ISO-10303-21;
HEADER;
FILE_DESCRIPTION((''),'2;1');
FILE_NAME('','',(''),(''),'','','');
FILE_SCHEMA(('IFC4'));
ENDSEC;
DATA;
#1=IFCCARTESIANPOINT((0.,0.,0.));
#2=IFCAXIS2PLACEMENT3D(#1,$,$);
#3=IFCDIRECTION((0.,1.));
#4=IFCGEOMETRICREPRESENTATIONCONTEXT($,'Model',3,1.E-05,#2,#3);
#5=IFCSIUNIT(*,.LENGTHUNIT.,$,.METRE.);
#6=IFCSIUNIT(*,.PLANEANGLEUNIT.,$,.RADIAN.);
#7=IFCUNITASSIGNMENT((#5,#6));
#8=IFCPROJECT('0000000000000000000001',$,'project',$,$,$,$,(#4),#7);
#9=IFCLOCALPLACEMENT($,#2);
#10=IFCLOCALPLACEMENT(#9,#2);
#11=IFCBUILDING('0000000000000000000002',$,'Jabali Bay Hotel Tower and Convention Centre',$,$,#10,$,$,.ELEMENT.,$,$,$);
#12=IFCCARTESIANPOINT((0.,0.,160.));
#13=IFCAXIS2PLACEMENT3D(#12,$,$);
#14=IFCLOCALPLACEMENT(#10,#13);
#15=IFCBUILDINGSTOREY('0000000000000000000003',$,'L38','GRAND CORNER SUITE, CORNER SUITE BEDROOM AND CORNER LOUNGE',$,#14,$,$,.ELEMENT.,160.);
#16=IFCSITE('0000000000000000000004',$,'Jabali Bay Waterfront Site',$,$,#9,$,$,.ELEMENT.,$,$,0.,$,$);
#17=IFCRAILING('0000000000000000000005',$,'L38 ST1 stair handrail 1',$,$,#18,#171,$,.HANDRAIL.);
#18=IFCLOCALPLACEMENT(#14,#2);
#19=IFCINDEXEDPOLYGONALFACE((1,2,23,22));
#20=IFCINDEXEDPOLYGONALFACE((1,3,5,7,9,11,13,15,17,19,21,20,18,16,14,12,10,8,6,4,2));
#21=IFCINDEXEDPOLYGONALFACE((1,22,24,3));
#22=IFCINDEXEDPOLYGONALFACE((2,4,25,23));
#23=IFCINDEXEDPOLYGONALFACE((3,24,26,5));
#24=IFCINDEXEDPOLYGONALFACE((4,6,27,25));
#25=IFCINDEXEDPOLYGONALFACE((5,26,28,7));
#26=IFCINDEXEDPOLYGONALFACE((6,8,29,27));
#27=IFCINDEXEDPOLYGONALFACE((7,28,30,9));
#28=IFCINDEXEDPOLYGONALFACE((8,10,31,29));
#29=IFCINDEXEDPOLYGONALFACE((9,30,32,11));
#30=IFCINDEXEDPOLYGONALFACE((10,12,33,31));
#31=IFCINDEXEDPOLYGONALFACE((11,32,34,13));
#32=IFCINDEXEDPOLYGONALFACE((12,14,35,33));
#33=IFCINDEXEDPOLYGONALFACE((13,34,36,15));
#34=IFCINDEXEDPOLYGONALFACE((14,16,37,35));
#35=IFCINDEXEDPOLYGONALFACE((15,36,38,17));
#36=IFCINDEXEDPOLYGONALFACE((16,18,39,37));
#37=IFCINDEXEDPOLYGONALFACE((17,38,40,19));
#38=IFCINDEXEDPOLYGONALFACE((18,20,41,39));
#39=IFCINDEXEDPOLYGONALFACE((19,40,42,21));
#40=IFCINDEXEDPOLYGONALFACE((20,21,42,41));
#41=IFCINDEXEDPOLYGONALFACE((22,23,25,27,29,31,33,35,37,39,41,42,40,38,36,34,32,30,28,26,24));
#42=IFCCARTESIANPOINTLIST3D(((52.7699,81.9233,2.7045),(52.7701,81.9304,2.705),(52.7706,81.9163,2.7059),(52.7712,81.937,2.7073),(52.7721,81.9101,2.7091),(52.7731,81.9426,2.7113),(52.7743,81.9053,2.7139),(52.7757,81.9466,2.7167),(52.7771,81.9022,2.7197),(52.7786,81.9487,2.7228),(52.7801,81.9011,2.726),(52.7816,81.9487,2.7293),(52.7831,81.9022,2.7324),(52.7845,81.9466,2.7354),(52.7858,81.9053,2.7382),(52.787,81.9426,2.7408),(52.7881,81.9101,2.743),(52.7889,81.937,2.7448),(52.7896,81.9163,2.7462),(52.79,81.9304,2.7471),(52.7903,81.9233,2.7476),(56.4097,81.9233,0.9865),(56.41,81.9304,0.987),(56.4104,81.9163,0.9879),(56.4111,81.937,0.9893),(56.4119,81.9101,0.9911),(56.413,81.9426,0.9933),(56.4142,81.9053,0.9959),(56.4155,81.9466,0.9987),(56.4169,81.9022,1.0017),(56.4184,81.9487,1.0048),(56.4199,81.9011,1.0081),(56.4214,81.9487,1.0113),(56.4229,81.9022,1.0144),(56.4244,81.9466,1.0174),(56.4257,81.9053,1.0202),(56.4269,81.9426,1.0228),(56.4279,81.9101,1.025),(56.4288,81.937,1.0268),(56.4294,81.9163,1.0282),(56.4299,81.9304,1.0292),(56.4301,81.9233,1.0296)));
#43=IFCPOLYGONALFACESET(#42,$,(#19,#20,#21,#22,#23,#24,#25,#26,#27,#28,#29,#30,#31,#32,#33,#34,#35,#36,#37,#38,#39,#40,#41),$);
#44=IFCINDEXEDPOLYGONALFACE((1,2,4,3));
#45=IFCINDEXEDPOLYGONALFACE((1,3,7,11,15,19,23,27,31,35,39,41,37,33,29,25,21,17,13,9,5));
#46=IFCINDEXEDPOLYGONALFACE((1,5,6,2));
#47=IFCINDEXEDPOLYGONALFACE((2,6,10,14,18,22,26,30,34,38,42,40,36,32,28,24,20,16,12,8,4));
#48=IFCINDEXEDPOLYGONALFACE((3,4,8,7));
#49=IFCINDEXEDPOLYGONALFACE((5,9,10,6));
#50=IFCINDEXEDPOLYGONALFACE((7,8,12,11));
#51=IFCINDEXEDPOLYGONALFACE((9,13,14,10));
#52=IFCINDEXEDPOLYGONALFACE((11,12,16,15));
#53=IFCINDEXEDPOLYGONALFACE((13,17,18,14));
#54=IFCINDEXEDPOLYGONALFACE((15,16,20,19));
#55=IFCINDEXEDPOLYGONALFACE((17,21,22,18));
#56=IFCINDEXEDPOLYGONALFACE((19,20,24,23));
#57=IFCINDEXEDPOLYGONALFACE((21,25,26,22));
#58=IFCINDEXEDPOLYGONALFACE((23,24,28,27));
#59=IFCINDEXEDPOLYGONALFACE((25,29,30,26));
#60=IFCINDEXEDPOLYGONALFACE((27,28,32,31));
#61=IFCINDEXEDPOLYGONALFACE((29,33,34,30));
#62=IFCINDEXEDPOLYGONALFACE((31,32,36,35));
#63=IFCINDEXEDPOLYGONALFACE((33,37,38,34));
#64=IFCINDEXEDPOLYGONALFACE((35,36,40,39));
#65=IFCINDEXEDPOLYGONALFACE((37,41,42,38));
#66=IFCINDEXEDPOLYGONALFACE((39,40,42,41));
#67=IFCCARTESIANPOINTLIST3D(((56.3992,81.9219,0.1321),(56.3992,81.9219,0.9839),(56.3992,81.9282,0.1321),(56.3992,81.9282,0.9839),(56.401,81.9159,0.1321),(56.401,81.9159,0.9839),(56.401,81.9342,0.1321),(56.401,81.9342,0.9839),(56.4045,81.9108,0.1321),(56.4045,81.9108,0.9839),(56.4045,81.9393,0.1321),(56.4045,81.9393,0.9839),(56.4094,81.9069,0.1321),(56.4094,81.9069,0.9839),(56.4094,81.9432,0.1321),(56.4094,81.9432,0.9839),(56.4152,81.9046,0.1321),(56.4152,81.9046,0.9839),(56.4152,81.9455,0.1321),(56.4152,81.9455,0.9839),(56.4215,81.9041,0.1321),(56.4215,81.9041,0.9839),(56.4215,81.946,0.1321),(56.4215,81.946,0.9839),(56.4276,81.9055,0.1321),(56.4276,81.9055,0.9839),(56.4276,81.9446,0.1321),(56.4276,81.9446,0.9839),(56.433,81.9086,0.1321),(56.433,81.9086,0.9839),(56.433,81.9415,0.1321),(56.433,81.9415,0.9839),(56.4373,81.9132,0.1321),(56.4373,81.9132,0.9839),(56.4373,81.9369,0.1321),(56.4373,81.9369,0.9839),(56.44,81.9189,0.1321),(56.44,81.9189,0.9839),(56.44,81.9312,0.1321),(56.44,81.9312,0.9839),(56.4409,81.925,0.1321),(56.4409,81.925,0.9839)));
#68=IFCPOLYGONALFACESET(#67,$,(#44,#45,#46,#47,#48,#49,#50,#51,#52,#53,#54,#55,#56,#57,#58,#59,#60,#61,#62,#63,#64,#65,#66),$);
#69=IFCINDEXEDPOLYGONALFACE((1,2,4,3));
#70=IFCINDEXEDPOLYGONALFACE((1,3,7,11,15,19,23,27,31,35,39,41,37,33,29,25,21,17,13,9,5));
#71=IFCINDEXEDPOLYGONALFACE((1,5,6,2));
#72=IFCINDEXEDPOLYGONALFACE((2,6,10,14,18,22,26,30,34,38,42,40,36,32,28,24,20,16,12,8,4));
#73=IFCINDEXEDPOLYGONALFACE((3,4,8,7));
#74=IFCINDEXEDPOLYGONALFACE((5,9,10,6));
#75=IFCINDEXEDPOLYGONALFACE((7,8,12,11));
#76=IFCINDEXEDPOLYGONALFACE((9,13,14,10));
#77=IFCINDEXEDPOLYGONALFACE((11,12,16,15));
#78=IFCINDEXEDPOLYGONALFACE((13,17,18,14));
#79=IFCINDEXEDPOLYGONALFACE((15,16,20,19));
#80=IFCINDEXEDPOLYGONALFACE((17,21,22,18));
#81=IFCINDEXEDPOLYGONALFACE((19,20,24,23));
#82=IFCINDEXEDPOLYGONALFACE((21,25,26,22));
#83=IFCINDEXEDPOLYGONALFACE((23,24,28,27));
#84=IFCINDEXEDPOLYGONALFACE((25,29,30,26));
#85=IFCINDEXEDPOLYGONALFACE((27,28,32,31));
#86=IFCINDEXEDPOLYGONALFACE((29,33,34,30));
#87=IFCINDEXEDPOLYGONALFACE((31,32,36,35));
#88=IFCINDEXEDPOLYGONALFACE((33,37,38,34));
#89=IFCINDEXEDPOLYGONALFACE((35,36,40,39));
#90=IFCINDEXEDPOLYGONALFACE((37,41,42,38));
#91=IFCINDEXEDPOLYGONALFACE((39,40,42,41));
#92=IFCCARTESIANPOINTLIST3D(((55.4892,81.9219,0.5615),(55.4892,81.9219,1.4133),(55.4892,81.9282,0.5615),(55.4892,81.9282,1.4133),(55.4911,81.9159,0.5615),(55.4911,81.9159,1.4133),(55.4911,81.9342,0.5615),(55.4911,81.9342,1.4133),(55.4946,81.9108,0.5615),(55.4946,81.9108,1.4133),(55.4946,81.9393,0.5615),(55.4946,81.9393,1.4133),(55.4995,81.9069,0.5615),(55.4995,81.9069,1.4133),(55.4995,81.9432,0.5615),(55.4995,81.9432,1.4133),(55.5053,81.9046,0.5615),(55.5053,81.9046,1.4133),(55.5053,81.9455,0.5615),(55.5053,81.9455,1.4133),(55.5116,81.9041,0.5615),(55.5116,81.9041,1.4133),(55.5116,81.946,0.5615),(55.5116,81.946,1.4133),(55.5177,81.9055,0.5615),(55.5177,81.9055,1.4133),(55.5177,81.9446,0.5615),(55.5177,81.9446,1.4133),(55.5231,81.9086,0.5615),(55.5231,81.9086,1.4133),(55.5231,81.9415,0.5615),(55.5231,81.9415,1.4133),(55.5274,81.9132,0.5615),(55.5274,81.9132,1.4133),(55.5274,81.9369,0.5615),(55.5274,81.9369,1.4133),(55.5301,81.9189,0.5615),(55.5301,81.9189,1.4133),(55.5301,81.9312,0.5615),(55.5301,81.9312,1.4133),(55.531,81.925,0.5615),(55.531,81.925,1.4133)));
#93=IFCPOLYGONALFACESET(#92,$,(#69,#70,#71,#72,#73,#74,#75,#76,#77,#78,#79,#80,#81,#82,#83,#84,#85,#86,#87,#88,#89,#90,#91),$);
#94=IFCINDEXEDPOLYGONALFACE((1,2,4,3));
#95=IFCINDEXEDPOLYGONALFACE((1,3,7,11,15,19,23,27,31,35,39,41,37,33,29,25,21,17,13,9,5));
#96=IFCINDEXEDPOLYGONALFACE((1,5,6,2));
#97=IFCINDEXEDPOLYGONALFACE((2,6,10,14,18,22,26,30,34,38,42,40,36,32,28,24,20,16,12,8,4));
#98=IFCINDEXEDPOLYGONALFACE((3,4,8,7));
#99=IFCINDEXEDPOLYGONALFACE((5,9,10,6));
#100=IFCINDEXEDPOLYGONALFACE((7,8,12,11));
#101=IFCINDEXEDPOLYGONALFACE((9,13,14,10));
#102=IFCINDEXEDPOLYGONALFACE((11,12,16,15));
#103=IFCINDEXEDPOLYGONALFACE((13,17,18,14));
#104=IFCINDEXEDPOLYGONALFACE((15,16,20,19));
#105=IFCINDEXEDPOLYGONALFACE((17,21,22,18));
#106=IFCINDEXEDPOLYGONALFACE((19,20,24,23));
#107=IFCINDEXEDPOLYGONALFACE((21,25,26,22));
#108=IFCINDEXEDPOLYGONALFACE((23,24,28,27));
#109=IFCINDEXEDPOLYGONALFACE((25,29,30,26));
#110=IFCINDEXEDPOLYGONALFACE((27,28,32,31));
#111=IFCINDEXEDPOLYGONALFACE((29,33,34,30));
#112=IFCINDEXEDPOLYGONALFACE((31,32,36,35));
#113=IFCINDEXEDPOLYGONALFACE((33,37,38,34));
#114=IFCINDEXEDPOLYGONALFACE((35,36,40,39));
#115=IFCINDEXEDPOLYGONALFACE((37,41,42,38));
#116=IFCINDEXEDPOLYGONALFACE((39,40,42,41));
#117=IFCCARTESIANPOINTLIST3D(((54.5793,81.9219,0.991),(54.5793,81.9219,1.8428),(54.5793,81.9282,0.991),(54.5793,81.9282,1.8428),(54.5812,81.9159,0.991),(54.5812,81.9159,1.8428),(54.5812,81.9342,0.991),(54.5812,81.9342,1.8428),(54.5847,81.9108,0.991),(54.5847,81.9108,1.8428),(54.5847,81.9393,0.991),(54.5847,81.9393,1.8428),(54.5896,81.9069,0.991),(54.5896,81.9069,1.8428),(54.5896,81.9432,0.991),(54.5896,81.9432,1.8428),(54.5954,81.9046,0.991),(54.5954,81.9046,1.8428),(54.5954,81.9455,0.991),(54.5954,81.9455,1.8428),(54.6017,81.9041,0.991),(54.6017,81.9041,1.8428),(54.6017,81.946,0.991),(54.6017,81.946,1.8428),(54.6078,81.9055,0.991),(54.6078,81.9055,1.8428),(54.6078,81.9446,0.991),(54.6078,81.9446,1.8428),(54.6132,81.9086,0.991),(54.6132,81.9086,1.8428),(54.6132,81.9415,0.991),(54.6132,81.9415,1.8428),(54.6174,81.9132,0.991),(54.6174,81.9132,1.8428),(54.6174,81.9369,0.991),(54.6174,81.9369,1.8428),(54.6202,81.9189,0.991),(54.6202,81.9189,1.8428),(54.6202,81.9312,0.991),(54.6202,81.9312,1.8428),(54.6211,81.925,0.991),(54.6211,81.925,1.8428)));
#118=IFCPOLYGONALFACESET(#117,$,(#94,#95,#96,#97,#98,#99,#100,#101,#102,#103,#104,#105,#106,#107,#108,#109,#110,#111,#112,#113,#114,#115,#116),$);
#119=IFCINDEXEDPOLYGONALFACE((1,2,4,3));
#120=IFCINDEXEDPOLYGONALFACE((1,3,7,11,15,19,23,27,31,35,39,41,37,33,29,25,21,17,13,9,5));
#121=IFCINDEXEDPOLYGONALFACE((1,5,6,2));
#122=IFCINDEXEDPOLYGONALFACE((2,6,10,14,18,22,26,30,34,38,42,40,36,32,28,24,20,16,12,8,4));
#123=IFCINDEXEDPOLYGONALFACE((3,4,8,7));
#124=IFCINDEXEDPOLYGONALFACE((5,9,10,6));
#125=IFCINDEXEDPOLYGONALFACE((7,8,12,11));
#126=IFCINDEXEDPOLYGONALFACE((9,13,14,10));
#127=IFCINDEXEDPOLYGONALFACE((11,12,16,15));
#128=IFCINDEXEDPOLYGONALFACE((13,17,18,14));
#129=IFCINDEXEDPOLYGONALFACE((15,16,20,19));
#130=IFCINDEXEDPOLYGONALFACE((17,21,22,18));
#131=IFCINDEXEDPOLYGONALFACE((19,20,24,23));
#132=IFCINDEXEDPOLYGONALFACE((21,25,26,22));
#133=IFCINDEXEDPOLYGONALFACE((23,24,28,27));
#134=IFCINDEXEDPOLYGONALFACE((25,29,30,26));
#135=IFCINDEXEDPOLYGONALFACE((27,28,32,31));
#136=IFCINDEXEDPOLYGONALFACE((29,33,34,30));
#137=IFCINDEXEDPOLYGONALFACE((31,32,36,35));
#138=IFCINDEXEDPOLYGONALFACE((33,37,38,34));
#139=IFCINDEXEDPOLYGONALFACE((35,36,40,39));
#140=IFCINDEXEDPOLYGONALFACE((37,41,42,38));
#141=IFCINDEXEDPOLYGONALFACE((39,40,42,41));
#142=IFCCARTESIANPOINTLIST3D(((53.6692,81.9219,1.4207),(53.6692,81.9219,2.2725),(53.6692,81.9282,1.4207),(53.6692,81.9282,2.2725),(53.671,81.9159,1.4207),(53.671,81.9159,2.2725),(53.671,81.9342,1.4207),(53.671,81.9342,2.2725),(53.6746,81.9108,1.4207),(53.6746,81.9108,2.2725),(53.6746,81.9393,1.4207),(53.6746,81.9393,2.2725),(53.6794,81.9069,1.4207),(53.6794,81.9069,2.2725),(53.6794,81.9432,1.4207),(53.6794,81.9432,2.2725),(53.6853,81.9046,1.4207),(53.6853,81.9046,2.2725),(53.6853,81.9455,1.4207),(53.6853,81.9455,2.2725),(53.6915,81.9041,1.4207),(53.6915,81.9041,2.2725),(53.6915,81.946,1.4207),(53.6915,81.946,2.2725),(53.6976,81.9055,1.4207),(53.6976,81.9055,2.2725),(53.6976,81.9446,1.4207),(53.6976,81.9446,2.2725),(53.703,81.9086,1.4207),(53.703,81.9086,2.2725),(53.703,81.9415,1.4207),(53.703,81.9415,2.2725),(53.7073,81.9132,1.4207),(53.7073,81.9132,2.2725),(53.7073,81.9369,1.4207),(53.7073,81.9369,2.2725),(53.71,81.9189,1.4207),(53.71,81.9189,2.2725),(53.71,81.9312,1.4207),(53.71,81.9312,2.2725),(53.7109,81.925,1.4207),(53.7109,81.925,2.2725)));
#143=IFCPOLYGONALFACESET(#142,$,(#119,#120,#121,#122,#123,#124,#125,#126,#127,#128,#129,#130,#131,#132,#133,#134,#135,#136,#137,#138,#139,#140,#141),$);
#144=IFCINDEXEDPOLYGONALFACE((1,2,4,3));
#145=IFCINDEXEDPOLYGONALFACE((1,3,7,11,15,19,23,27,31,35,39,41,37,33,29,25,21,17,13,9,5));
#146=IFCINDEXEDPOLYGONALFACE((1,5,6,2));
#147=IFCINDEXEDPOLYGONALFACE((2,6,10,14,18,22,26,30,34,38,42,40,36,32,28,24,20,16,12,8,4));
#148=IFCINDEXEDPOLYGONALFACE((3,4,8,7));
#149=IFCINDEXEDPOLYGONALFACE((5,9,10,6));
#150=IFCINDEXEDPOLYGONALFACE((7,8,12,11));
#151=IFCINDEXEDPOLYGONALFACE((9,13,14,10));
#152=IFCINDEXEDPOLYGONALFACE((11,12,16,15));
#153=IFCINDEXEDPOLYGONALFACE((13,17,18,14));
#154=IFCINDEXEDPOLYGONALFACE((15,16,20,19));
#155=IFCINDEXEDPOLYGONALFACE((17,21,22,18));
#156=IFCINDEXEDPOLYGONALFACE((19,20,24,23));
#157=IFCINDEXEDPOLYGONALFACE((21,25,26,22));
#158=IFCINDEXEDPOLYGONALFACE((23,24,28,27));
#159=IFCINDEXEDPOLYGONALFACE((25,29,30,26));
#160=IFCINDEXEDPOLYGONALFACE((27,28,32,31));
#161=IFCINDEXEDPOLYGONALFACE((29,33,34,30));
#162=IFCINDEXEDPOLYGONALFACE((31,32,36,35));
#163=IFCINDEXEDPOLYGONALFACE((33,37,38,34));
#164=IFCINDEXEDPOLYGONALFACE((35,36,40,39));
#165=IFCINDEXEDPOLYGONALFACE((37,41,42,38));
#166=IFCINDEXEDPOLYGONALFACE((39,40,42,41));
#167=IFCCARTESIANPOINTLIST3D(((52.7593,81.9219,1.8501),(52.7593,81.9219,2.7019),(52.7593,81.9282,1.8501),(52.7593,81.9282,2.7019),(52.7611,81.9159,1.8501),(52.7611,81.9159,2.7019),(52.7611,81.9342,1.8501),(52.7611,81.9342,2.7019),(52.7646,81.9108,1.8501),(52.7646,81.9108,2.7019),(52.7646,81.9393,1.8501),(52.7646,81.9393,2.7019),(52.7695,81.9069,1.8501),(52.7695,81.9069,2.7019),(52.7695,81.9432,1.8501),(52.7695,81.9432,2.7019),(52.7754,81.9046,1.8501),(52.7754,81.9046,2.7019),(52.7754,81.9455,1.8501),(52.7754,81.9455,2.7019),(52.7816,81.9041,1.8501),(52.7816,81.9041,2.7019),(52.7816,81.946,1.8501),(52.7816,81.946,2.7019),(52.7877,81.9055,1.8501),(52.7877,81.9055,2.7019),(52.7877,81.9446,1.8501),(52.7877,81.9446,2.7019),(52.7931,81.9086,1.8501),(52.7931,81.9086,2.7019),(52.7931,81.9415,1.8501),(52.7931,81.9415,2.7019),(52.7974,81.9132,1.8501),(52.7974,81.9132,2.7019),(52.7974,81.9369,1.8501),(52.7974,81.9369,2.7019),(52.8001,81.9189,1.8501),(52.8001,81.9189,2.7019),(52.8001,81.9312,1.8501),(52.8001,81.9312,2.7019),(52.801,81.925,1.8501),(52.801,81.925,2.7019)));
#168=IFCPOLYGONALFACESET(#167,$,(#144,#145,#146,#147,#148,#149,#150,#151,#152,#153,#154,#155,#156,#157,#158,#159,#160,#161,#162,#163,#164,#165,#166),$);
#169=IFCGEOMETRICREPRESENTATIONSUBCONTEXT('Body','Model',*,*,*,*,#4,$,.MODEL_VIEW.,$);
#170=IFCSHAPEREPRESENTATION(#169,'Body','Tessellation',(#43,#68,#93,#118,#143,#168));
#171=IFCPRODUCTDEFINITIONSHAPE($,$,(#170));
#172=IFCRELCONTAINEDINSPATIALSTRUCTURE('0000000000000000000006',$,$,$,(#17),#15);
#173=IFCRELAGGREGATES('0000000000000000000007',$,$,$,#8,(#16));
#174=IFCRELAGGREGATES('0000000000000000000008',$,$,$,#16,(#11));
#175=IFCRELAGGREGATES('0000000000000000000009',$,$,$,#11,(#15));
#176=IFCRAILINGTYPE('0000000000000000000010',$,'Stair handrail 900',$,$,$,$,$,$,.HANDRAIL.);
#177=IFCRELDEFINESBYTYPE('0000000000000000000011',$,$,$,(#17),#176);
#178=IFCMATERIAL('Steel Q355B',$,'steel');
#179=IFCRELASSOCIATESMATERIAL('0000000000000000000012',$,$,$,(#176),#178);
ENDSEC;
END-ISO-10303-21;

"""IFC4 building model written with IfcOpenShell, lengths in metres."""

from ifc_helpers import new_model, si_unit, direction, frame, origin, origin_2d, place, context, subcontext, project, spatial, circle, extrude, material, type_object, element, save


model = new_model("IFC4")

# Units and contexts
model_context = context("Model", 3, precision=1e-05, world=origin(), true_north=direction((0.0, 1.0)))
body_context = subcontext(model_context, "Body", "Model", "MODEL_VIEW")
ifc_project = project(units=[si_unit("LENGTHUNIT", "METRE"), si_unit("PLANEANGLEUNIT", "RADIAN")], contexts=[model_context])

# Site, building, storey
site_placement = place(None, origin())
site = spatial("IfcSite", under=ifc_project, at=site_placement, Name="Jabali Bay Waterfront Site", CompositionType="ELEMENT", RefElevation=0.0)
building_placement = place(site_placement, origin())
building = spatial("IfcBuilding", under=site, at=building_placement, Name="Jabali Bay Hotel Tower and Convention Centre", CompositionType="ELEMENT")
storey_placement = place(building_placement, frame((0.0, 0.0, 160.0)))
storey = spatial("IfcBuildingStorey", under=building, at=storey_placement, Name="L38", Description="GRAND CORNER SUITE, CORNER SUITE BEDROOM AND CORNER LOUNGE", CompositionType="ELEMENT", Elevation=160.0)

# Railing
ifc_material_1 = material(Name="Steel Q355B", Category="steel")
railing_type_1 = type_object("IfcRailingType", Name="Stair handrail 900", PredefinedType="HANDRAIL", material=ifc_material_1)
railing_1_placement = place(storey_placement, frame((56.4199, 81.925, 0.1321)))
element("IfcRailing", 1, at=railing_1_placement, inside=storey, type_object=railing_type_1, Name="L38 ST1 stair handrail 1", PredefinedType="HANDRAIL", context=body_context, shape_type="SweptSolid", body=[
    extrude(circle(Radius=0.0239, at=origin_2d()), frame((0.0, 0.0, 0.876), z_axis=(-0.904327, 0.0, 0.42684), x_axis=(0.0, -1.0, 0.0)), (0.0, 0.0, 1.0), 4.0249),
    extrude(circle(Radius=0.021, at=origin_2d()), origin(), (0.0, 0.0, 1.0), 0.8518),
    extrude(circle(Radius=0.021, at=origin_2d()), frame((-0.9099, 0.0, 0.4294)), (0.0, 0.0, 1.0), 0.8518),
    extrude(circle(Radius=0.021, at=origin_2d()), frame((-1.8198, 0.0, 0.8589)), (0.0, 0.0, 1.0), 0.8518),
    extrude(circle(Radius=0.021, at=origin_2d()), frame((-2.73, 0.0, 1.2886)), (0.0, 0.0, 1.0), 0.8518),
    extrude(circle(Radius=0.021, at=origin_2d()), frame((-3.6399, 0.0, 1.718)), (0.0, 0.0, 1.0), 0.8518),
])

save(model, "model.ifc")
